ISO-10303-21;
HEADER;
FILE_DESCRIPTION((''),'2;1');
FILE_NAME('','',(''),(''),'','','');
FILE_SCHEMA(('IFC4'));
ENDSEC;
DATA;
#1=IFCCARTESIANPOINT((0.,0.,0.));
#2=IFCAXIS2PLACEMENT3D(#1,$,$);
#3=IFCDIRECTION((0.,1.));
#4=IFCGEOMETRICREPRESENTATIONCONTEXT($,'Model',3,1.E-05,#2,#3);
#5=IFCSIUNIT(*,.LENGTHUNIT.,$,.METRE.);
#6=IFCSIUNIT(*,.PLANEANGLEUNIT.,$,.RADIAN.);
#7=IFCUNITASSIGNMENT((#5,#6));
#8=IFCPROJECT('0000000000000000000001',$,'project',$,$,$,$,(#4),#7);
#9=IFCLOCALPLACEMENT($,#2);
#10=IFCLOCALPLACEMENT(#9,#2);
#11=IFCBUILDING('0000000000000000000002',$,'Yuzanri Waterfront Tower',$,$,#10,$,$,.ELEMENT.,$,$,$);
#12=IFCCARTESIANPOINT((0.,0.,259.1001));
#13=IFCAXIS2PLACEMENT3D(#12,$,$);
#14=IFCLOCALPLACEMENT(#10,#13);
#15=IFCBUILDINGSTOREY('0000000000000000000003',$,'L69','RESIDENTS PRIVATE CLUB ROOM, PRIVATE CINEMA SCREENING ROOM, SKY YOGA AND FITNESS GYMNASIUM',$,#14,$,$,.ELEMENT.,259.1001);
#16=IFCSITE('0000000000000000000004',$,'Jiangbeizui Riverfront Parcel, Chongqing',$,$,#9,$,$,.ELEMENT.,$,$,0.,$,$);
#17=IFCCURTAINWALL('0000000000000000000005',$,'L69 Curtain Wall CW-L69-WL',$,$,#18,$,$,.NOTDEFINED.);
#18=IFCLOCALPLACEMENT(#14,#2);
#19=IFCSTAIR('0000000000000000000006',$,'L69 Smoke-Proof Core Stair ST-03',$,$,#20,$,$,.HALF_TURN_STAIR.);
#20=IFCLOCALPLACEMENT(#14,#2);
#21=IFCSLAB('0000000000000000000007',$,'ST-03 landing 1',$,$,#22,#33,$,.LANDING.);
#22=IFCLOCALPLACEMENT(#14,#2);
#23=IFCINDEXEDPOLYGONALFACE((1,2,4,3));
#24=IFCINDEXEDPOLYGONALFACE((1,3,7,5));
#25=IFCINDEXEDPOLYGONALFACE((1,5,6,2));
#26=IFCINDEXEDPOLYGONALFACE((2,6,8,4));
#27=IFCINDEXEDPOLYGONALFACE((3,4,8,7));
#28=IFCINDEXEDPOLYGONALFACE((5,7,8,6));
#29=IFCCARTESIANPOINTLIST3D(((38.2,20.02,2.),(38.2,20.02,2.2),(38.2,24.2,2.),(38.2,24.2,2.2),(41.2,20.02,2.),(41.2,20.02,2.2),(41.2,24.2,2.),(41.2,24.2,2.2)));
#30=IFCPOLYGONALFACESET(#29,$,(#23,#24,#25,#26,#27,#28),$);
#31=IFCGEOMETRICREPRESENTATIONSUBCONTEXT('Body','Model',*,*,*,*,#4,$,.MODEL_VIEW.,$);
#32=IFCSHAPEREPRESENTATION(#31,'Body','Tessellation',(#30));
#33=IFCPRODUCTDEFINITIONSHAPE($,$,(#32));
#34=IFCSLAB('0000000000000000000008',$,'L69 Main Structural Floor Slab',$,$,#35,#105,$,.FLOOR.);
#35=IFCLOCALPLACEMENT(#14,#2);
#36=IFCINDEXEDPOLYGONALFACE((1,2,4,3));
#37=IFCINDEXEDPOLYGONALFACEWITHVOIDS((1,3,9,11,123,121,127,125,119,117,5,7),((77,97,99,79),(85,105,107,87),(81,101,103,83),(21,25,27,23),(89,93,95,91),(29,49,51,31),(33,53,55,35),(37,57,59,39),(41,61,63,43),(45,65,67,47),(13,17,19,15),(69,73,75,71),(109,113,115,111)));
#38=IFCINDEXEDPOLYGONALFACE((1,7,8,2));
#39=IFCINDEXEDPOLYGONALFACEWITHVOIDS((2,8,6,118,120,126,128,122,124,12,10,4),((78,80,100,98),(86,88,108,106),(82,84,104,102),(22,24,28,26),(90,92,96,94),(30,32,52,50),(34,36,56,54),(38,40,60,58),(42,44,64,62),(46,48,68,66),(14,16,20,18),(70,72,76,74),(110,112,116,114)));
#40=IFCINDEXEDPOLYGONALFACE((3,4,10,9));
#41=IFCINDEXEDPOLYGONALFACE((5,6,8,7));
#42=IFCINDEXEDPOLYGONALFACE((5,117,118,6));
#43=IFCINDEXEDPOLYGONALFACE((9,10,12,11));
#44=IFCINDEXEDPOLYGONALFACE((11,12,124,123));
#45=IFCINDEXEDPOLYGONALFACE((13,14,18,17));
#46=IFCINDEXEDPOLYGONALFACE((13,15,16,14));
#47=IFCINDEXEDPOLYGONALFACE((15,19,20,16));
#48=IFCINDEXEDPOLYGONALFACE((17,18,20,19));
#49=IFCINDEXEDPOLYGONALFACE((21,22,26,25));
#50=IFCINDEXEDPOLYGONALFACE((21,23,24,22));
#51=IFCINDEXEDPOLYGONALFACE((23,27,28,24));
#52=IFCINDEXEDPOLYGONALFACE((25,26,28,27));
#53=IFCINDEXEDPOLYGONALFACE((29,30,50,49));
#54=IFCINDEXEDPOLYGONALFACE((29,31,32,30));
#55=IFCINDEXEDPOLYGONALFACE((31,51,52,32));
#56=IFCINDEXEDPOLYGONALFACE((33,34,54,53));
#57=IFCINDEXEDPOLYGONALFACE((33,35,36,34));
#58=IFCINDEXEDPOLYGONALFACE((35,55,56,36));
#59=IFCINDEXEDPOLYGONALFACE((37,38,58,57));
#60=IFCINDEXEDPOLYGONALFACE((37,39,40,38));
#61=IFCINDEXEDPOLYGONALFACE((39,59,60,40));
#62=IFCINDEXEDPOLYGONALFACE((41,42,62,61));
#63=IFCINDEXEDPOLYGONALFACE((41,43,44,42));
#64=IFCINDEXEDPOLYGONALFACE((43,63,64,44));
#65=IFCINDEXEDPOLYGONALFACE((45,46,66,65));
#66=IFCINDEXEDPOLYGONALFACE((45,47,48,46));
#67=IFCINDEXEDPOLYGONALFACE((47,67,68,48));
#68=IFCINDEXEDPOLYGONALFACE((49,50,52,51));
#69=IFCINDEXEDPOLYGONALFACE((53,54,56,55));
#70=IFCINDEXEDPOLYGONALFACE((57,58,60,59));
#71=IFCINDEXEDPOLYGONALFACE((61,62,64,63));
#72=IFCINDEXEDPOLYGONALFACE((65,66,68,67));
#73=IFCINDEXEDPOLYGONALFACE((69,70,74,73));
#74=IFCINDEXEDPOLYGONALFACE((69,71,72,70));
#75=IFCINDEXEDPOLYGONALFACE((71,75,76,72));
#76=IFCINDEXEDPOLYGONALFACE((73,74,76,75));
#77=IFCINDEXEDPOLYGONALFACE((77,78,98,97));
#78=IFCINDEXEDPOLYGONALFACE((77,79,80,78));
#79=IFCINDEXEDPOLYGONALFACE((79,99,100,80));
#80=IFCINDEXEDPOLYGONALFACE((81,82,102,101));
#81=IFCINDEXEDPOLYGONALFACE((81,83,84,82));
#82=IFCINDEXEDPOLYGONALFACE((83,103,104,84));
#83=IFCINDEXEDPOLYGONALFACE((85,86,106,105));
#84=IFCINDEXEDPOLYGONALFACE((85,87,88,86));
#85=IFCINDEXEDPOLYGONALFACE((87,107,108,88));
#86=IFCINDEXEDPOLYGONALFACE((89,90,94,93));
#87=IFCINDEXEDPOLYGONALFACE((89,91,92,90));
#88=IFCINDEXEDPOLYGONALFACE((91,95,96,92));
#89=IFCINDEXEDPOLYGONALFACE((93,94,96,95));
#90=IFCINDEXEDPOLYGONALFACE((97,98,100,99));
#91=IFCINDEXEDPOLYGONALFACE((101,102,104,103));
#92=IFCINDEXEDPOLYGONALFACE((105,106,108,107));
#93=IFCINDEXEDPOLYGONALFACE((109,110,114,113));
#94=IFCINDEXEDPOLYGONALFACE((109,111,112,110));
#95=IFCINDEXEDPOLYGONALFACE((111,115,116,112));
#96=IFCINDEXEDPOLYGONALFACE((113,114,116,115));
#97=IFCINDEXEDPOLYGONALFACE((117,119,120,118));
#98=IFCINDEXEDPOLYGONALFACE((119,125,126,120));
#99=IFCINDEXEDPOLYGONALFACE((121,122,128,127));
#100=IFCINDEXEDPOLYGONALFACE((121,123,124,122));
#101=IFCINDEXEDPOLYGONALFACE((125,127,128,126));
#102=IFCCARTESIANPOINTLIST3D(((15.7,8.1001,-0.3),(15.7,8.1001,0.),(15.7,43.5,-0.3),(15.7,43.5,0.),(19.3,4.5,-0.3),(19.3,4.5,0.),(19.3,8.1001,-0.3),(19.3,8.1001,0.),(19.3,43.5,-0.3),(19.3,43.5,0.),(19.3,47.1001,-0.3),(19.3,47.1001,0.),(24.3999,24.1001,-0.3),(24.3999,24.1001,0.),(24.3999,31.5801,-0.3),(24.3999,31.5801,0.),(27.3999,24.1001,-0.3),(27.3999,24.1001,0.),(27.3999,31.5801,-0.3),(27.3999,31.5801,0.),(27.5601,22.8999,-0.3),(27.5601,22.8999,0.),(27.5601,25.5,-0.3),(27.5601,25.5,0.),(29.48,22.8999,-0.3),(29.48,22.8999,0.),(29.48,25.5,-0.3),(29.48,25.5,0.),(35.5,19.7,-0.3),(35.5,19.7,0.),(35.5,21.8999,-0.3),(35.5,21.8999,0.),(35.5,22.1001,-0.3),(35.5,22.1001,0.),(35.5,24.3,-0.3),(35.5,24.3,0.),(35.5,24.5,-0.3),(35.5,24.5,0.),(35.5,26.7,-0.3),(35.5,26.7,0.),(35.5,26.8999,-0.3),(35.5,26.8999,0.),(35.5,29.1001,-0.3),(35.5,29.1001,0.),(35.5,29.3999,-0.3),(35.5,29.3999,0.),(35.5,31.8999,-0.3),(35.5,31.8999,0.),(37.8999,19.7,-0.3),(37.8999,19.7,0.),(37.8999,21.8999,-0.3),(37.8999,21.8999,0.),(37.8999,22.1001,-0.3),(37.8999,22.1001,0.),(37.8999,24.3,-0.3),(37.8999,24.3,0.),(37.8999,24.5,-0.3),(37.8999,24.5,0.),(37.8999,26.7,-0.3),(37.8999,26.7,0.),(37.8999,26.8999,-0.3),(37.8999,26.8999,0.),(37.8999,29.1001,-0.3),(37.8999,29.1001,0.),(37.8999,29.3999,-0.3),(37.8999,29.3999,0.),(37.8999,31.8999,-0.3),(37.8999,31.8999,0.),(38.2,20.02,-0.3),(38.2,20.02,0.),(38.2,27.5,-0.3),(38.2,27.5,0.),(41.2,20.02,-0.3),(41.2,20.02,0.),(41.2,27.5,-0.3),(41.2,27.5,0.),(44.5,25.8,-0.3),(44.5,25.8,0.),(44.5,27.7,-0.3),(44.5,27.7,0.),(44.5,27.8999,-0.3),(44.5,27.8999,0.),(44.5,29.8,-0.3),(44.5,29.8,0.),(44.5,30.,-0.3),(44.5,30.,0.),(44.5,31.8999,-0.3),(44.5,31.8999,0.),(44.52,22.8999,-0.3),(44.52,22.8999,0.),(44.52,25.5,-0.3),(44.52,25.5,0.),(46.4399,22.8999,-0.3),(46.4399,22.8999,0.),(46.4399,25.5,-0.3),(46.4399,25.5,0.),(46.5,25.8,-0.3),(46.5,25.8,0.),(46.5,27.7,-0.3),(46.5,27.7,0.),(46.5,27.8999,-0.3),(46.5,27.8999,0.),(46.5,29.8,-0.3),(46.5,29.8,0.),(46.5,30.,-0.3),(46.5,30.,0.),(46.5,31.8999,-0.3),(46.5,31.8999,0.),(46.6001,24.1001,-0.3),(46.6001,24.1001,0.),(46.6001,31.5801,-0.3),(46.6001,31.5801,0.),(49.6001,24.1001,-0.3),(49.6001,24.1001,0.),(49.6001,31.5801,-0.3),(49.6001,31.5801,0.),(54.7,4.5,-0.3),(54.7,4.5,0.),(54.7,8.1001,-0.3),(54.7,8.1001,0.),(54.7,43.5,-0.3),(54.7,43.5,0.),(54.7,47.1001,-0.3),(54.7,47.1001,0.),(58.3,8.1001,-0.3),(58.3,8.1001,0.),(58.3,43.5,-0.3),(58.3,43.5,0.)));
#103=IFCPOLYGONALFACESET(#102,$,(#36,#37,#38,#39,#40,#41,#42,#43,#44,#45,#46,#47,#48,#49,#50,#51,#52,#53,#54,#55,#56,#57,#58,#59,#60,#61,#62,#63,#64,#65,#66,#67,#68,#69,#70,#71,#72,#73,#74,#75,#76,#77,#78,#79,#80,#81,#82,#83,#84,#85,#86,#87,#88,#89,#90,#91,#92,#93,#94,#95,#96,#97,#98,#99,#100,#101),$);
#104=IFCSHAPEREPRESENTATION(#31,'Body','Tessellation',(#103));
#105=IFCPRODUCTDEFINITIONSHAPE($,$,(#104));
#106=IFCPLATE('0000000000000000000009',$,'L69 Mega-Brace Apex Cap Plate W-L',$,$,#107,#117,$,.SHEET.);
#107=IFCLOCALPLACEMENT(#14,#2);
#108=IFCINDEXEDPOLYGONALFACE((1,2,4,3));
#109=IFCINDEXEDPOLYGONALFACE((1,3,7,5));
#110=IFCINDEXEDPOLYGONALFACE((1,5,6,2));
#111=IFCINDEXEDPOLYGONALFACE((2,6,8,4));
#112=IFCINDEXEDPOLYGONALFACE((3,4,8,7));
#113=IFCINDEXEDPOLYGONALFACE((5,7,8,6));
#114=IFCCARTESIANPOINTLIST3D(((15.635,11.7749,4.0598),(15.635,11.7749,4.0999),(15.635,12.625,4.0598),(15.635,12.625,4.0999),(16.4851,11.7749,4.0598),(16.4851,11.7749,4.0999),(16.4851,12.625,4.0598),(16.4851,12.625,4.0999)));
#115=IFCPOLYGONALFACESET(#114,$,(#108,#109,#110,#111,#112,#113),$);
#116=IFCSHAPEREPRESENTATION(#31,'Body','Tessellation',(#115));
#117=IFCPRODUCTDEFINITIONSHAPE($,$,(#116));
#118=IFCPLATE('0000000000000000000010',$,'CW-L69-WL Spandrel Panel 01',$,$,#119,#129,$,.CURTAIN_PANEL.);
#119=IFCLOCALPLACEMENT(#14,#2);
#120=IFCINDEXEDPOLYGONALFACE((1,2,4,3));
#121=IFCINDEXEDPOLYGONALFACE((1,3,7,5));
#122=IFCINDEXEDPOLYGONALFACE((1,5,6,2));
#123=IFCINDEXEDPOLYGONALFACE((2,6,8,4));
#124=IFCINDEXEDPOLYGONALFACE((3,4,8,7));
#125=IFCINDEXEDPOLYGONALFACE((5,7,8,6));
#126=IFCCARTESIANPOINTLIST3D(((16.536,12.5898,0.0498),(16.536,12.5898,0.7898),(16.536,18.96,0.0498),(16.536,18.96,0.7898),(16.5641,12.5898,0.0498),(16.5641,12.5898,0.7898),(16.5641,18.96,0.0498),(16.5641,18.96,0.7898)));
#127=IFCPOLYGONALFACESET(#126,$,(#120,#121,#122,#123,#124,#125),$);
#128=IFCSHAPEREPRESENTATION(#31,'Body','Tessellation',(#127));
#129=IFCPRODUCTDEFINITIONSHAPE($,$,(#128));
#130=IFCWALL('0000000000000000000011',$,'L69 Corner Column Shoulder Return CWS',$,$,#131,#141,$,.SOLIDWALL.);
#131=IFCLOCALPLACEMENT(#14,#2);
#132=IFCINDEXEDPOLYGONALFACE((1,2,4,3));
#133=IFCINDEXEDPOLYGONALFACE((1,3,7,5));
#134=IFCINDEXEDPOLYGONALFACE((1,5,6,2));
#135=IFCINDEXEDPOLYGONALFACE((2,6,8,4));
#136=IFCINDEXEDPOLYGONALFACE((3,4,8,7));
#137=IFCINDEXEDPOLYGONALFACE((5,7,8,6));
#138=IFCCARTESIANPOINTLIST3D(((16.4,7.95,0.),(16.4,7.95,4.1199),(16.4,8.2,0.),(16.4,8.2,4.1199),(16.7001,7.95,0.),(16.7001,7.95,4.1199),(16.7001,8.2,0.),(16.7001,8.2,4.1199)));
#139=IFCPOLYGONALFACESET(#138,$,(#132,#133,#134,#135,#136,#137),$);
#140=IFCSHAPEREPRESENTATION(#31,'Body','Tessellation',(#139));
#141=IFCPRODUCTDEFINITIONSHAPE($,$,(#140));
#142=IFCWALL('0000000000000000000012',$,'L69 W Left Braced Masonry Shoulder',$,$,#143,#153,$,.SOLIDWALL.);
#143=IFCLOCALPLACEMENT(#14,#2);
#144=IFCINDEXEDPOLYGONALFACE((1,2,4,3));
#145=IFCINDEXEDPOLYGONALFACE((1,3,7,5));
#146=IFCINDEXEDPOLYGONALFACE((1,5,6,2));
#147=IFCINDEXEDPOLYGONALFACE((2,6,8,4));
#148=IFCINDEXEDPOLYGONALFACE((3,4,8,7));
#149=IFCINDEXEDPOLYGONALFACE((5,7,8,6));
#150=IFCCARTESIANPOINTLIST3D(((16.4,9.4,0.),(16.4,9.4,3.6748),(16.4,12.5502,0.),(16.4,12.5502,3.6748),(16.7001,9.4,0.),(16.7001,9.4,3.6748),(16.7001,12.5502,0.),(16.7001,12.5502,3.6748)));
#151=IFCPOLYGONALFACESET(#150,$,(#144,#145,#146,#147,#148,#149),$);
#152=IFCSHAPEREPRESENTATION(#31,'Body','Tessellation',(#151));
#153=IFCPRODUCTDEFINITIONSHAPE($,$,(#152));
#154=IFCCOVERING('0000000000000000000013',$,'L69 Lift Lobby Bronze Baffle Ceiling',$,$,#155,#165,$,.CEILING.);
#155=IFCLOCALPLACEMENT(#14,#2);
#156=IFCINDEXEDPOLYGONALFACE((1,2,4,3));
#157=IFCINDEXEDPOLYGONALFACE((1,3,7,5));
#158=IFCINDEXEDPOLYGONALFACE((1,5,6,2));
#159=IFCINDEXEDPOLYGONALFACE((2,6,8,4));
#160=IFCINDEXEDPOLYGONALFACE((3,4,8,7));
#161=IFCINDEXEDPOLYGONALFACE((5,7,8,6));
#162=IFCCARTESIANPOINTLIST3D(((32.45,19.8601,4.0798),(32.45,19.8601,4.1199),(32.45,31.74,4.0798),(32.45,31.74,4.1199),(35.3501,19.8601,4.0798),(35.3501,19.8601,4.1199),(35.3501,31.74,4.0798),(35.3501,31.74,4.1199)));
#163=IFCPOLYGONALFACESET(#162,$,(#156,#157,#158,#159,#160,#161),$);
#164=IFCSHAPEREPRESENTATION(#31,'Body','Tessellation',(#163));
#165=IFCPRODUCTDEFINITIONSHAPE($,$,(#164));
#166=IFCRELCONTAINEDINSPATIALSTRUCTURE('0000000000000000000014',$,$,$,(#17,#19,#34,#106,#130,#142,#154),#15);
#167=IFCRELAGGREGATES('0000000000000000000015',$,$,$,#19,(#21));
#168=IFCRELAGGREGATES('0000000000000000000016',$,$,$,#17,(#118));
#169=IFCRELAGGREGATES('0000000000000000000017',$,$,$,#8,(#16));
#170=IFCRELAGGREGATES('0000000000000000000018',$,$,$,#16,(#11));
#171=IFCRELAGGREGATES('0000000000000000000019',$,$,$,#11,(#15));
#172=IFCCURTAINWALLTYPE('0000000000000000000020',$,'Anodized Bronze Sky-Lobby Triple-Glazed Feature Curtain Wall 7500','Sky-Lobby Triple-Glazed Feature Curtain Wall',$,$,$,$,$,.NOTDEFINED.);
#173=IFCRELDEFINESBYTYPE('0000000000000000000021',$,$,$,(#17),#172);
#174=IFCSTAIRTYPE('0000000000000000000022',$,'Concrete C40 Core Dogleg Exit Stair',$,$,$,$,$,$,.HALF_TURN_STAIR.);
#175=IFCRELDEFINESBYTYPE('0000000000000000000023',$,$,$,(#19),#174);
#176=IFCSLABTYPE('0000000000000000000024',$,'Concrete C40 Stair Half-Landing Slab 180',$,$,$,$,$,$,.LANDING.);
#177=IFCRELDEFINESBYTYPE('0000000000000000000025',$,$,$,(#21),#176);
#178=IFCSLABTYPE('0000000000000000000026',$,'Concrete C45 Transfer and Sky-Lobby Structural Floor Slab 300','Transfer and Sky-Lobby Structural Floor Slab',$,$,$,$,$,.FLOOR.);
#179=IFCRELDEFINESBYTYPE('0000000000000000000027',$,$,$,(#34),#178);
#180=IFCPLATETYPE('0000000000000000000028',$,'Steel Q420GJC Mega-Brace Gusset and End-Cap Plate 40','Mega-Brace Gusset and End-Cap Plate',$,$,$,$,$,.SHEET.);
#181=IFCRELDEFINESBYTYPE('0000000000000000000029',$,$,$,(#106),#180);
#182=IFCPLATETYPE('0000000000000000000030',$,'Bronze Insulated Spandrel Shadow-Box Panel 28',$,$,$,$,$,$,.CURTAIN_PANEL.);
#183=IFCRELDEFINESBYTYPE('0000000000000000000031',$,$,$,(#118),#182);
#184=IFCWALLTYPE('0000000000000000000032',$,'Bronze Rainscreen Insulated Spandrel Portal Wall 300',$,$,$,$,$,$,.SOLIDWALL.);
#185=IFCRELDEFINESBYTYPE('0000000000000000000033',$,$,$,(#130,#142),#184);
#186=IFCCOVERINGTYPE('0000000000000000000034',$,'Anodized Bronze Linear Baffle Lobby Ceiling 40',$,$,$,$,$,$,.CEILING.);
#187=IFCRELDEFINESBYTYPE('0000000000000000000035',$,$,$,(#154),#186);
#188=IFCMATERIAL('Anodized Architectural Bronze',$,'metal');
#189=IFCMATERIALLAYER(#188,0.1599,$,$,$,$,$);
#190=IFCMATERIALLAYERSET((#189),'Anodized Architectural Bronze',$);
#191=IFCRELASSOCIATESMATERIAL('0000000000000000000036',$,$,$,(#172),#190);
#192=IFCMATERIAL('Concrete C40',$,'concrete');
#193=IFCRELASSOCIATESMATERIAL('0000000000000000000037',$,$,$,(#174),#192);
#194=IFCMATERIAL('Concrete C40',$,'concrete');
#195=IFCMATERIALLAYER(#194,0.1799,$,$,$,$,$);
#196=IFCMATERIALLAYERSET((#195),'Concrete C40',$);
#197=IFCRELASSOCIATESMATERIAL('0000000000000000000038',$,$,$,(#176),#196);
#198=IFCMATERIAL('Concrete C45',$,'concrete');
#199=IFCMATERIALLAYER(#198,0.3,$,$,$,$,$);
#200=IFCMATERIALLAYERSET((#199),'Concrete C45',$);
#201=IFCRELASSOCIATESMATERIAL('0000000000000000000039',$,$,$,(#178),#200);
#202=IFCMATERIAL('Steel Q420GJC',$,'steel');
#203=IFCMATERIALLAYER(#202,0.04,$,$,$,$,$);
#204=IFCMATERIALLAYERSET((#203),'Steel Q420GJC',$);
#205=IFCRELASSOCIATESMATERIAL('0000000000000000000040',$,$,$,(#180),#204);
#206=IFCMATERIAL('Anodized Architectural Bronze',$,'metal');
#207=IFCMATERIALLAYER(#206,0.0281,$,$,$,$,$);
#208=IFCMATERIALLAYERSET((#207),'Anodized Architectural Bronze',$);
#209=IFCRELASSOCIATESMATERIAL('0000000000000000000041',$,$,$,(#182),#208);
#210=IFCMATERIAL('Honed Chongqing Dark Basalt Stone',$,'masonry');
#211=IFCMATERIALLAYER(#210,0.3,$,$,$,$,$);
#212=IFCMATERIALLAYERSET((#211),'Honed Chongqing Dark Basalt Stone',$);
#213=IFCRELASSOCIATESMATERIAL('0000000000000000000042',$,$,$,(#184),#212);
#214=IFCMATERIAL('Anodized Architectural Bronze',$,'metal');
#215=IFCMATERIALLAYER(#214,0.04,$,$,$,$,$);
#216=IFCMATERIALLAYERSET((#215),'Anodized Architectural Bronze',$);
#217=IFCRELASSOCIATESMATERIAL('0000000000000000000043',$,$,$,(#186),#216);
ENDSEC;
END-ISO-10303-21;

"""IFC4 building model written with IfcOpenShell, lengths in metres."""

from ifc_helpers import new_model, si_unit, direction, frame, frame_2d, origin, origin_2d, place, context, subcontext, project, spatial, polyline, rectangle, outline, extrude, source, transform, mapped, material, layer, layer_set, type_object, element, aggregate, save


model = new_model("IFC4")

# Units and contexts
model_context = context("Model", 3, precision=1e-05, world=origin(), true_north=direction((0.0, 1.0)))
body_context = subcontext(model_context, "Body", "Model", "MODEL_VIEW")
ifc_project = project(units=[si_unit("LENGTHUNIT", "METRE"), si_unit("PLANEANGLEUNIT", "RADIAN")], contexts=[model_context])

# Site, building, storey
site_placement = place(None, origin())
site = spatial("IfcSite", under=ifc_project, at=site_placement, Name="Jiangbeizui Riverfront Parcel, Chongqing", CompositionType="ELEMENT", RefElevation=0.0)
building_placement = place(site_placement, origin())
building = spatial("IfcBuilding", under=site, at=building_placement, Name="Yuzanri Waterfront Tower", CompositionType="ELEMENT")
storey_placement = place(building_placement, frame((0.0, 0.0, 259.1001)))
storey = spatial("IfcBuildingStorey", under=building, at=storey_placement, Name="L69", Description="RESIDENTS PRIVATE CLUB ROOM, PRIVATE CINEMA SCREENING ROOM, SKY YOGA AND FITNESS GYMNASIUM", CompositionType="ELEMENT", Elevation=259.1001)

# Curtain wall
ifc_material_1 = material(Name="Anodized Architectural Bronze", Category="metal")
ifc_layer_1 = layer(ifc_material_1, 0.1599)
ifc_layer_set_1 = layer_set([ifc_layer_1], Name="Anodized Architectural Bronze")
curtain_wall_type = type_object("IfcCurtainWallType", Name="Anodized Bronze Sky-Lobby Triple-Glazed Feature Curtain Wall 7500", Description="Sky-Lobby Triple-Glazed Feature Curtain Wall", PredefinedType="NOTDEFINED", material=ifc_layer_set_1)
curtain_wall_placement = place(storey_placement, origin())
curtain_wall = element("IfcCurtainWall", 1, at=curtain_wall_placement, inside=storey, type_object=curtain_wall_type, Name="L69 Curtain Wall CW-L69-WL", PredefinedType="NOTDEFINED")

# Stair, slab
ifc_material_2 = material(Name="Concrete C40", Category="concrete")
stair_type = type_object("IfcStairType", Name="Concrete C40 Core Dogleg Exit Stair", PredefinedType="HALF_TURN_STAIR", material=ifc_material_2)
ifc_material_3 = material(Name="Concrete C40", Category="concrete")
ifc_layer_2 = layer(ifc_material_3, 0.1799)
ifc_layer_set_2 = layer_set([ifc_layer_2], Name="Concrete C40")
slab_type_1 = type_object("IfcSlabType", Name="Concrete C40 Stair Half-Landing Slab 180", PredefinedType="LANDING", material=ifc_layer_set_2)
stair_1_placement = place(storey_placement, origin())
stair_1 = element("IfcStair", 2, at=stair_1_placement, inside=storey, type_object=stair_type, Name="L69 Smoke-Proof Core Stair ST-03", PredefinedType="HALF_TURN_STAIR")
slab_1_placement = place(storey_placement, frame((0.0, 0.0, 2.0)))
slab_1 = element("IfcSlab", 3, at=slab_1_placement, type_object=slab_type_1, Name="ST-03 landing 1", PredefinedType="LANDING", context=body_context, shape_type="SweptSolid", body=[
    extrude(outline(polyline([(38.2, 24.2), (38.2, 20.02), (41.2, 20.02), (41.2, 24.2), (38.2, 24.2)])), origin(), (0.0, 0.0, 1.0), 0.2),
])
aggregate(stair_1, [slab_1])

# Slab
ifc_material_4 = material(Name="Concrete C45", Category="concrete")
ifc_layer_3 = layer(ifc_material_4, 0.3)
ifc_layer_set_3 = layer_set([ifc_layer_3], Name="Concrete C45")
slab_type_2 = type_object("IfcSlabType", Name="Concrete C45 Transfer and Sky-Lobby Structural Floor Slab 300", Description="Transfer and Sky-Lobby Structural Floor Slab", PredefinedType="FLOOR", material=ifc_layer_set_3)
slab_2_placement = place(storey_placement, frame((0.0, 0.0, -0.3)))
element("IfcSlab", 4, at=slab_2_placement, inside=storey, type_object=slab_type_2, Name="L69 Main Structural Floor Slab", PredefinedType="FLOOR", context=body_context, shape_type="SweptSolid", body=[
    extrude(outline(polyline([(19.3, 4.5), (54.7, 4.5), (54.7, 8.1001), (58.3, 8.1001), (58.3, 43.5), (54.7, 43.5), (54.7, 47.1001), (19.3, 47.1001), (19.3, 43.5), (15.7, 43.5), (15.7, 8.1001), (19.3, 8.1001), (19.3, 4.5)]), holes=[polyline([(27.3999, 24.1001), (27.3999, 31.5801), (24.3999, 31.5801), (24.3999, 24.1001), (27.3999, 24.1001)]), polyline([(49.6001, 24.1001), (49.6001, 31.5801), (46.6001, 31.5801), (46.6001, 24.1001), (49.6001, 24.1001)]), polyline([(38.2, 27.5), (38.2, 20.02), (41.2, 20.02), (41.2, 27.5), (38.2, 27.5)]), polyline([(27.5601, 22.8999), (29.48, 22.8999), (29.48, 25.5), (27.5601, 25.5), (27.5601, 22.8999)]), polyline([(44.52, 22.8999), (46.4399, 22.8999), (46.4399, 25.5), (44.52, 25.5), (44.52, 22.8999)]), polyline([(35.5, 19.7), (37.8999, 19.7), (37.8999, 21.8999), (35.5, 21.8999), (35.5, 19.7)]), polyline([(35.5, 22.1001), (37.8999, 22.1001), (37.8999, 24.3), (35.5, 24.3), (35.5, 22.1001)]), polyline([(35.5, 24.5), (37.8999, 24.5), (37.8999, 26.7), (35.5, 26.7), (35.5, 24.5)]), polyline([(35.5, 26.8999), (37.8999, 26.8999), (37.8999, 29.1001), (35.5, 29.1001), (35.5, 26.8999)]), polyline([(35.5, 29.3999), (37.8999, 29.3999), (37.8999, 31.8999), (35.5, 31.8999), (35.5, 29.3999)]), polyline([(44.5, 25.8), (46.5, 25.8), (46.5, 27.7), (44.5, 27.7), (44.5, 25.8)]), polyline([(44.5, 27.8999), (46.5, 27.8999), (46.5, 29.8), (44.5, 29.8), (44.5, 27.8999)]), polyline([(44.5, 30.0), (46.5, 30.0), (46.5, 31.8999), (44.5, 31.8999), (44.5, 30.0)])]), origin(), (0.0, 0.0, 1.0), 0.3),
])

# Plates
ifc_material_5 = material(Name="Steel Q420GJC", Category="steel")
ifc_layer_4 = layer(ifc_material_5, 0.04)
ifc_layer_set_4 = layer_set([ifc_layer_4], Name="Steel Q420GJC")
plate_type_1 = type_object("IfcPlateType", Name="Steel Q420GJC Mega-Brace Gusset and End-Cap Plate 40", Description="Mega-Brace Gusset and End-Cap Plate", PredefinedType="SHEET", material=ifc_layer_set_4)
shared_shape_1 = source(origin(), body_context, "Body", "SweptSolid", [
    extrude(rectangle(XDim=0.8501, YDim=0.8501, at=origin_2d()), origin(), (0.0, 0.0, 1.0), 0.04),
])
plate_1_placement = place(storey_placement, frame((16.0601, 12.2, 4.0598), z_axis=(0.0, 0.0, 1.0), x_axis=(1.0, 0.0, 0.0)))
element("IfcPlate", 5, at=plate_1_placement, inside=storey, type_object=plate_type_1, Name="L69 Mega-Brace Apex Cap Plate W-L", PredefinedType="SHEET", context=body_context, shape_type="MappedRepresentation", body=[
    mapped(shared_shape_1, transform((0.0, 0.0, 0.0), scale=1.0)),
])
ifc_material_6 = material(Name="Anodized Architectural Bronze", Category="metal")
ifc_layer_5 = layer(ifc_material_6, 0.0281)
ifc_layer_set_5 = layer_set([ifc_layer_5], Name="Anodized Architectural Bronze")
plate_type_2 = type_object("IfcPlateType", Name="Bronze Insulated Spandrel Shadow-Box Panel 28", PredefinedType="CURTAIN_PANEL", material=ifc_layer_set_5)
shared_shape_2 = source(origin(), body_context, "Body", "SweptSolid", [
    extrude(rectangle(XDim=6.3701, YDim=0.0281, at=origin_2d()), origin(), (0.0, 0.0, 1.0), 0.74),
])
plate_2_placement = place(storey_placement, frame((16.55, 15.7749, 0.0498), z_axis=(0.0, 0.0, 1.0), x_axis=(0.0, 1.0, 0.0)))
plate_2 = element("IfcPlate", 6, at=plate_2_placement, type_object=plate_type_2, Name="CW-L69-WL Spandrel Panel 01", PredefinedType="CURTAIN_PANEL", context=body_context, shape_type="MappedRepresentation", body=[
    mapped(shared_shape_2, transform((0.0, 0.0, 0.0), scale=1.0)),
])
aggregate(curtain_wall, [plate_2])

# Walls
ifc_material_7 = material(Name="Honed Chongqing Dark Basalt Stone", Category="masonry")
ifc_layer_6 = layer(ifc_material_7, 0.3)
ifc_layer_set_6 = layer_set([ifc_layer_6], Name="Honed Chongqing Dark Basalt Stone")
wall_type = type_object("IfcWallType", Name="Bronze Rainscreen Insulated Spandrel Portal Wall 300", PredefinedType="SOLIDWALL", material=ifc_layer_set_6)
shared_shape_3 = source(origin(), body_context, "Body", "SweptSolid", [
    extrude(rectangle(XDim=0.25, YDim=0.3, at=frame_2d((0.125, 0.0))), origin(), (0.0, 0.0, 1.0), 4.1199),
])
wall_1_placement = place(storey_placement, frame((16.55, 7.95, 0.0), z_axis=(0.0, 0.0, 1.0), x_axis=(0.0, 1.0, 0.0)))
element("IfcWall", 7, at=wall_1_placement, inside=storey, type_object=wall_type, Name="L69 Corner Column Shoulder Return CWS", PredefinedType="SOLIDWALL", context=body_context, shape_type="MappedRepresentation", body=[
    mapped(shared_shape_3, transform((0.0, 0.0, 0.0), scale=1.0)),
])
shared_shape_4 = source(origin(), body_context, "Body", "SweptSolid", [
    extrude(rectangle(XDim=3.1501, YDim=0.3, at=frame_2d((1.5752, 0.0))), origin(), (0.0, 0.0, 1.0), 3.6748),
])
wall_2_placement = place(storey_placement, frame((16.55, 9.3999, 0.0), z_axis=(0.0, 0.0, 1.0), x_axis=(0.0, 1.0, 0.0)))
element("IfcWall", 8, at=wall_2_placement, inside=storey, type_object=wall_type, Name="L69 W Left Braced Masonry Shoulder", PredefinedType="SOLIDWALL", context=body_context, shape_type="MappedRepresentation", body=[
    mapped(shared_shape_4, transform((0.0, 0.0, 0.0), scale=1.0)),
])

# Covering
ifc_material_8 = material(Name="Anodized Architectural Bronze", Category="metal")
ifc_layer_7 = layer(ifc_material_8, 0.04)
ifc_layer_set_7 = layer_set([ifc_layer_7], Name="Anodized Architectural Bronze")
covering_type_1 = type_object("IfcCoveringType", Name="Anodized Bronze Linear Baffle Lobby Ceiling 40", PredefinedType="CEILING", material=ifc_layer_set_7)
covering_1_placement = place(storey_placement, frame((0.0, 0.0, 4.0798)))
element("IfcCovering", 9, at=covering_1_placement, inside=storey, type_object=covering_type_1, Name="L69 Lift Lobby Bronze Baffle Ceiling", PredefinedType="CEILING", context=body_context, shape_type="SweptSolid", body=[
    extrude(outline(polyline([(32.45, 19.8601), (35.3501, 19.8601), (35.3501, 31.74), (32.45, 31.74), (32.45, 19.8601)])), origin(), (0.0, 0.0, 1.0), 0.04),
])

save(model, "model.ifc")
